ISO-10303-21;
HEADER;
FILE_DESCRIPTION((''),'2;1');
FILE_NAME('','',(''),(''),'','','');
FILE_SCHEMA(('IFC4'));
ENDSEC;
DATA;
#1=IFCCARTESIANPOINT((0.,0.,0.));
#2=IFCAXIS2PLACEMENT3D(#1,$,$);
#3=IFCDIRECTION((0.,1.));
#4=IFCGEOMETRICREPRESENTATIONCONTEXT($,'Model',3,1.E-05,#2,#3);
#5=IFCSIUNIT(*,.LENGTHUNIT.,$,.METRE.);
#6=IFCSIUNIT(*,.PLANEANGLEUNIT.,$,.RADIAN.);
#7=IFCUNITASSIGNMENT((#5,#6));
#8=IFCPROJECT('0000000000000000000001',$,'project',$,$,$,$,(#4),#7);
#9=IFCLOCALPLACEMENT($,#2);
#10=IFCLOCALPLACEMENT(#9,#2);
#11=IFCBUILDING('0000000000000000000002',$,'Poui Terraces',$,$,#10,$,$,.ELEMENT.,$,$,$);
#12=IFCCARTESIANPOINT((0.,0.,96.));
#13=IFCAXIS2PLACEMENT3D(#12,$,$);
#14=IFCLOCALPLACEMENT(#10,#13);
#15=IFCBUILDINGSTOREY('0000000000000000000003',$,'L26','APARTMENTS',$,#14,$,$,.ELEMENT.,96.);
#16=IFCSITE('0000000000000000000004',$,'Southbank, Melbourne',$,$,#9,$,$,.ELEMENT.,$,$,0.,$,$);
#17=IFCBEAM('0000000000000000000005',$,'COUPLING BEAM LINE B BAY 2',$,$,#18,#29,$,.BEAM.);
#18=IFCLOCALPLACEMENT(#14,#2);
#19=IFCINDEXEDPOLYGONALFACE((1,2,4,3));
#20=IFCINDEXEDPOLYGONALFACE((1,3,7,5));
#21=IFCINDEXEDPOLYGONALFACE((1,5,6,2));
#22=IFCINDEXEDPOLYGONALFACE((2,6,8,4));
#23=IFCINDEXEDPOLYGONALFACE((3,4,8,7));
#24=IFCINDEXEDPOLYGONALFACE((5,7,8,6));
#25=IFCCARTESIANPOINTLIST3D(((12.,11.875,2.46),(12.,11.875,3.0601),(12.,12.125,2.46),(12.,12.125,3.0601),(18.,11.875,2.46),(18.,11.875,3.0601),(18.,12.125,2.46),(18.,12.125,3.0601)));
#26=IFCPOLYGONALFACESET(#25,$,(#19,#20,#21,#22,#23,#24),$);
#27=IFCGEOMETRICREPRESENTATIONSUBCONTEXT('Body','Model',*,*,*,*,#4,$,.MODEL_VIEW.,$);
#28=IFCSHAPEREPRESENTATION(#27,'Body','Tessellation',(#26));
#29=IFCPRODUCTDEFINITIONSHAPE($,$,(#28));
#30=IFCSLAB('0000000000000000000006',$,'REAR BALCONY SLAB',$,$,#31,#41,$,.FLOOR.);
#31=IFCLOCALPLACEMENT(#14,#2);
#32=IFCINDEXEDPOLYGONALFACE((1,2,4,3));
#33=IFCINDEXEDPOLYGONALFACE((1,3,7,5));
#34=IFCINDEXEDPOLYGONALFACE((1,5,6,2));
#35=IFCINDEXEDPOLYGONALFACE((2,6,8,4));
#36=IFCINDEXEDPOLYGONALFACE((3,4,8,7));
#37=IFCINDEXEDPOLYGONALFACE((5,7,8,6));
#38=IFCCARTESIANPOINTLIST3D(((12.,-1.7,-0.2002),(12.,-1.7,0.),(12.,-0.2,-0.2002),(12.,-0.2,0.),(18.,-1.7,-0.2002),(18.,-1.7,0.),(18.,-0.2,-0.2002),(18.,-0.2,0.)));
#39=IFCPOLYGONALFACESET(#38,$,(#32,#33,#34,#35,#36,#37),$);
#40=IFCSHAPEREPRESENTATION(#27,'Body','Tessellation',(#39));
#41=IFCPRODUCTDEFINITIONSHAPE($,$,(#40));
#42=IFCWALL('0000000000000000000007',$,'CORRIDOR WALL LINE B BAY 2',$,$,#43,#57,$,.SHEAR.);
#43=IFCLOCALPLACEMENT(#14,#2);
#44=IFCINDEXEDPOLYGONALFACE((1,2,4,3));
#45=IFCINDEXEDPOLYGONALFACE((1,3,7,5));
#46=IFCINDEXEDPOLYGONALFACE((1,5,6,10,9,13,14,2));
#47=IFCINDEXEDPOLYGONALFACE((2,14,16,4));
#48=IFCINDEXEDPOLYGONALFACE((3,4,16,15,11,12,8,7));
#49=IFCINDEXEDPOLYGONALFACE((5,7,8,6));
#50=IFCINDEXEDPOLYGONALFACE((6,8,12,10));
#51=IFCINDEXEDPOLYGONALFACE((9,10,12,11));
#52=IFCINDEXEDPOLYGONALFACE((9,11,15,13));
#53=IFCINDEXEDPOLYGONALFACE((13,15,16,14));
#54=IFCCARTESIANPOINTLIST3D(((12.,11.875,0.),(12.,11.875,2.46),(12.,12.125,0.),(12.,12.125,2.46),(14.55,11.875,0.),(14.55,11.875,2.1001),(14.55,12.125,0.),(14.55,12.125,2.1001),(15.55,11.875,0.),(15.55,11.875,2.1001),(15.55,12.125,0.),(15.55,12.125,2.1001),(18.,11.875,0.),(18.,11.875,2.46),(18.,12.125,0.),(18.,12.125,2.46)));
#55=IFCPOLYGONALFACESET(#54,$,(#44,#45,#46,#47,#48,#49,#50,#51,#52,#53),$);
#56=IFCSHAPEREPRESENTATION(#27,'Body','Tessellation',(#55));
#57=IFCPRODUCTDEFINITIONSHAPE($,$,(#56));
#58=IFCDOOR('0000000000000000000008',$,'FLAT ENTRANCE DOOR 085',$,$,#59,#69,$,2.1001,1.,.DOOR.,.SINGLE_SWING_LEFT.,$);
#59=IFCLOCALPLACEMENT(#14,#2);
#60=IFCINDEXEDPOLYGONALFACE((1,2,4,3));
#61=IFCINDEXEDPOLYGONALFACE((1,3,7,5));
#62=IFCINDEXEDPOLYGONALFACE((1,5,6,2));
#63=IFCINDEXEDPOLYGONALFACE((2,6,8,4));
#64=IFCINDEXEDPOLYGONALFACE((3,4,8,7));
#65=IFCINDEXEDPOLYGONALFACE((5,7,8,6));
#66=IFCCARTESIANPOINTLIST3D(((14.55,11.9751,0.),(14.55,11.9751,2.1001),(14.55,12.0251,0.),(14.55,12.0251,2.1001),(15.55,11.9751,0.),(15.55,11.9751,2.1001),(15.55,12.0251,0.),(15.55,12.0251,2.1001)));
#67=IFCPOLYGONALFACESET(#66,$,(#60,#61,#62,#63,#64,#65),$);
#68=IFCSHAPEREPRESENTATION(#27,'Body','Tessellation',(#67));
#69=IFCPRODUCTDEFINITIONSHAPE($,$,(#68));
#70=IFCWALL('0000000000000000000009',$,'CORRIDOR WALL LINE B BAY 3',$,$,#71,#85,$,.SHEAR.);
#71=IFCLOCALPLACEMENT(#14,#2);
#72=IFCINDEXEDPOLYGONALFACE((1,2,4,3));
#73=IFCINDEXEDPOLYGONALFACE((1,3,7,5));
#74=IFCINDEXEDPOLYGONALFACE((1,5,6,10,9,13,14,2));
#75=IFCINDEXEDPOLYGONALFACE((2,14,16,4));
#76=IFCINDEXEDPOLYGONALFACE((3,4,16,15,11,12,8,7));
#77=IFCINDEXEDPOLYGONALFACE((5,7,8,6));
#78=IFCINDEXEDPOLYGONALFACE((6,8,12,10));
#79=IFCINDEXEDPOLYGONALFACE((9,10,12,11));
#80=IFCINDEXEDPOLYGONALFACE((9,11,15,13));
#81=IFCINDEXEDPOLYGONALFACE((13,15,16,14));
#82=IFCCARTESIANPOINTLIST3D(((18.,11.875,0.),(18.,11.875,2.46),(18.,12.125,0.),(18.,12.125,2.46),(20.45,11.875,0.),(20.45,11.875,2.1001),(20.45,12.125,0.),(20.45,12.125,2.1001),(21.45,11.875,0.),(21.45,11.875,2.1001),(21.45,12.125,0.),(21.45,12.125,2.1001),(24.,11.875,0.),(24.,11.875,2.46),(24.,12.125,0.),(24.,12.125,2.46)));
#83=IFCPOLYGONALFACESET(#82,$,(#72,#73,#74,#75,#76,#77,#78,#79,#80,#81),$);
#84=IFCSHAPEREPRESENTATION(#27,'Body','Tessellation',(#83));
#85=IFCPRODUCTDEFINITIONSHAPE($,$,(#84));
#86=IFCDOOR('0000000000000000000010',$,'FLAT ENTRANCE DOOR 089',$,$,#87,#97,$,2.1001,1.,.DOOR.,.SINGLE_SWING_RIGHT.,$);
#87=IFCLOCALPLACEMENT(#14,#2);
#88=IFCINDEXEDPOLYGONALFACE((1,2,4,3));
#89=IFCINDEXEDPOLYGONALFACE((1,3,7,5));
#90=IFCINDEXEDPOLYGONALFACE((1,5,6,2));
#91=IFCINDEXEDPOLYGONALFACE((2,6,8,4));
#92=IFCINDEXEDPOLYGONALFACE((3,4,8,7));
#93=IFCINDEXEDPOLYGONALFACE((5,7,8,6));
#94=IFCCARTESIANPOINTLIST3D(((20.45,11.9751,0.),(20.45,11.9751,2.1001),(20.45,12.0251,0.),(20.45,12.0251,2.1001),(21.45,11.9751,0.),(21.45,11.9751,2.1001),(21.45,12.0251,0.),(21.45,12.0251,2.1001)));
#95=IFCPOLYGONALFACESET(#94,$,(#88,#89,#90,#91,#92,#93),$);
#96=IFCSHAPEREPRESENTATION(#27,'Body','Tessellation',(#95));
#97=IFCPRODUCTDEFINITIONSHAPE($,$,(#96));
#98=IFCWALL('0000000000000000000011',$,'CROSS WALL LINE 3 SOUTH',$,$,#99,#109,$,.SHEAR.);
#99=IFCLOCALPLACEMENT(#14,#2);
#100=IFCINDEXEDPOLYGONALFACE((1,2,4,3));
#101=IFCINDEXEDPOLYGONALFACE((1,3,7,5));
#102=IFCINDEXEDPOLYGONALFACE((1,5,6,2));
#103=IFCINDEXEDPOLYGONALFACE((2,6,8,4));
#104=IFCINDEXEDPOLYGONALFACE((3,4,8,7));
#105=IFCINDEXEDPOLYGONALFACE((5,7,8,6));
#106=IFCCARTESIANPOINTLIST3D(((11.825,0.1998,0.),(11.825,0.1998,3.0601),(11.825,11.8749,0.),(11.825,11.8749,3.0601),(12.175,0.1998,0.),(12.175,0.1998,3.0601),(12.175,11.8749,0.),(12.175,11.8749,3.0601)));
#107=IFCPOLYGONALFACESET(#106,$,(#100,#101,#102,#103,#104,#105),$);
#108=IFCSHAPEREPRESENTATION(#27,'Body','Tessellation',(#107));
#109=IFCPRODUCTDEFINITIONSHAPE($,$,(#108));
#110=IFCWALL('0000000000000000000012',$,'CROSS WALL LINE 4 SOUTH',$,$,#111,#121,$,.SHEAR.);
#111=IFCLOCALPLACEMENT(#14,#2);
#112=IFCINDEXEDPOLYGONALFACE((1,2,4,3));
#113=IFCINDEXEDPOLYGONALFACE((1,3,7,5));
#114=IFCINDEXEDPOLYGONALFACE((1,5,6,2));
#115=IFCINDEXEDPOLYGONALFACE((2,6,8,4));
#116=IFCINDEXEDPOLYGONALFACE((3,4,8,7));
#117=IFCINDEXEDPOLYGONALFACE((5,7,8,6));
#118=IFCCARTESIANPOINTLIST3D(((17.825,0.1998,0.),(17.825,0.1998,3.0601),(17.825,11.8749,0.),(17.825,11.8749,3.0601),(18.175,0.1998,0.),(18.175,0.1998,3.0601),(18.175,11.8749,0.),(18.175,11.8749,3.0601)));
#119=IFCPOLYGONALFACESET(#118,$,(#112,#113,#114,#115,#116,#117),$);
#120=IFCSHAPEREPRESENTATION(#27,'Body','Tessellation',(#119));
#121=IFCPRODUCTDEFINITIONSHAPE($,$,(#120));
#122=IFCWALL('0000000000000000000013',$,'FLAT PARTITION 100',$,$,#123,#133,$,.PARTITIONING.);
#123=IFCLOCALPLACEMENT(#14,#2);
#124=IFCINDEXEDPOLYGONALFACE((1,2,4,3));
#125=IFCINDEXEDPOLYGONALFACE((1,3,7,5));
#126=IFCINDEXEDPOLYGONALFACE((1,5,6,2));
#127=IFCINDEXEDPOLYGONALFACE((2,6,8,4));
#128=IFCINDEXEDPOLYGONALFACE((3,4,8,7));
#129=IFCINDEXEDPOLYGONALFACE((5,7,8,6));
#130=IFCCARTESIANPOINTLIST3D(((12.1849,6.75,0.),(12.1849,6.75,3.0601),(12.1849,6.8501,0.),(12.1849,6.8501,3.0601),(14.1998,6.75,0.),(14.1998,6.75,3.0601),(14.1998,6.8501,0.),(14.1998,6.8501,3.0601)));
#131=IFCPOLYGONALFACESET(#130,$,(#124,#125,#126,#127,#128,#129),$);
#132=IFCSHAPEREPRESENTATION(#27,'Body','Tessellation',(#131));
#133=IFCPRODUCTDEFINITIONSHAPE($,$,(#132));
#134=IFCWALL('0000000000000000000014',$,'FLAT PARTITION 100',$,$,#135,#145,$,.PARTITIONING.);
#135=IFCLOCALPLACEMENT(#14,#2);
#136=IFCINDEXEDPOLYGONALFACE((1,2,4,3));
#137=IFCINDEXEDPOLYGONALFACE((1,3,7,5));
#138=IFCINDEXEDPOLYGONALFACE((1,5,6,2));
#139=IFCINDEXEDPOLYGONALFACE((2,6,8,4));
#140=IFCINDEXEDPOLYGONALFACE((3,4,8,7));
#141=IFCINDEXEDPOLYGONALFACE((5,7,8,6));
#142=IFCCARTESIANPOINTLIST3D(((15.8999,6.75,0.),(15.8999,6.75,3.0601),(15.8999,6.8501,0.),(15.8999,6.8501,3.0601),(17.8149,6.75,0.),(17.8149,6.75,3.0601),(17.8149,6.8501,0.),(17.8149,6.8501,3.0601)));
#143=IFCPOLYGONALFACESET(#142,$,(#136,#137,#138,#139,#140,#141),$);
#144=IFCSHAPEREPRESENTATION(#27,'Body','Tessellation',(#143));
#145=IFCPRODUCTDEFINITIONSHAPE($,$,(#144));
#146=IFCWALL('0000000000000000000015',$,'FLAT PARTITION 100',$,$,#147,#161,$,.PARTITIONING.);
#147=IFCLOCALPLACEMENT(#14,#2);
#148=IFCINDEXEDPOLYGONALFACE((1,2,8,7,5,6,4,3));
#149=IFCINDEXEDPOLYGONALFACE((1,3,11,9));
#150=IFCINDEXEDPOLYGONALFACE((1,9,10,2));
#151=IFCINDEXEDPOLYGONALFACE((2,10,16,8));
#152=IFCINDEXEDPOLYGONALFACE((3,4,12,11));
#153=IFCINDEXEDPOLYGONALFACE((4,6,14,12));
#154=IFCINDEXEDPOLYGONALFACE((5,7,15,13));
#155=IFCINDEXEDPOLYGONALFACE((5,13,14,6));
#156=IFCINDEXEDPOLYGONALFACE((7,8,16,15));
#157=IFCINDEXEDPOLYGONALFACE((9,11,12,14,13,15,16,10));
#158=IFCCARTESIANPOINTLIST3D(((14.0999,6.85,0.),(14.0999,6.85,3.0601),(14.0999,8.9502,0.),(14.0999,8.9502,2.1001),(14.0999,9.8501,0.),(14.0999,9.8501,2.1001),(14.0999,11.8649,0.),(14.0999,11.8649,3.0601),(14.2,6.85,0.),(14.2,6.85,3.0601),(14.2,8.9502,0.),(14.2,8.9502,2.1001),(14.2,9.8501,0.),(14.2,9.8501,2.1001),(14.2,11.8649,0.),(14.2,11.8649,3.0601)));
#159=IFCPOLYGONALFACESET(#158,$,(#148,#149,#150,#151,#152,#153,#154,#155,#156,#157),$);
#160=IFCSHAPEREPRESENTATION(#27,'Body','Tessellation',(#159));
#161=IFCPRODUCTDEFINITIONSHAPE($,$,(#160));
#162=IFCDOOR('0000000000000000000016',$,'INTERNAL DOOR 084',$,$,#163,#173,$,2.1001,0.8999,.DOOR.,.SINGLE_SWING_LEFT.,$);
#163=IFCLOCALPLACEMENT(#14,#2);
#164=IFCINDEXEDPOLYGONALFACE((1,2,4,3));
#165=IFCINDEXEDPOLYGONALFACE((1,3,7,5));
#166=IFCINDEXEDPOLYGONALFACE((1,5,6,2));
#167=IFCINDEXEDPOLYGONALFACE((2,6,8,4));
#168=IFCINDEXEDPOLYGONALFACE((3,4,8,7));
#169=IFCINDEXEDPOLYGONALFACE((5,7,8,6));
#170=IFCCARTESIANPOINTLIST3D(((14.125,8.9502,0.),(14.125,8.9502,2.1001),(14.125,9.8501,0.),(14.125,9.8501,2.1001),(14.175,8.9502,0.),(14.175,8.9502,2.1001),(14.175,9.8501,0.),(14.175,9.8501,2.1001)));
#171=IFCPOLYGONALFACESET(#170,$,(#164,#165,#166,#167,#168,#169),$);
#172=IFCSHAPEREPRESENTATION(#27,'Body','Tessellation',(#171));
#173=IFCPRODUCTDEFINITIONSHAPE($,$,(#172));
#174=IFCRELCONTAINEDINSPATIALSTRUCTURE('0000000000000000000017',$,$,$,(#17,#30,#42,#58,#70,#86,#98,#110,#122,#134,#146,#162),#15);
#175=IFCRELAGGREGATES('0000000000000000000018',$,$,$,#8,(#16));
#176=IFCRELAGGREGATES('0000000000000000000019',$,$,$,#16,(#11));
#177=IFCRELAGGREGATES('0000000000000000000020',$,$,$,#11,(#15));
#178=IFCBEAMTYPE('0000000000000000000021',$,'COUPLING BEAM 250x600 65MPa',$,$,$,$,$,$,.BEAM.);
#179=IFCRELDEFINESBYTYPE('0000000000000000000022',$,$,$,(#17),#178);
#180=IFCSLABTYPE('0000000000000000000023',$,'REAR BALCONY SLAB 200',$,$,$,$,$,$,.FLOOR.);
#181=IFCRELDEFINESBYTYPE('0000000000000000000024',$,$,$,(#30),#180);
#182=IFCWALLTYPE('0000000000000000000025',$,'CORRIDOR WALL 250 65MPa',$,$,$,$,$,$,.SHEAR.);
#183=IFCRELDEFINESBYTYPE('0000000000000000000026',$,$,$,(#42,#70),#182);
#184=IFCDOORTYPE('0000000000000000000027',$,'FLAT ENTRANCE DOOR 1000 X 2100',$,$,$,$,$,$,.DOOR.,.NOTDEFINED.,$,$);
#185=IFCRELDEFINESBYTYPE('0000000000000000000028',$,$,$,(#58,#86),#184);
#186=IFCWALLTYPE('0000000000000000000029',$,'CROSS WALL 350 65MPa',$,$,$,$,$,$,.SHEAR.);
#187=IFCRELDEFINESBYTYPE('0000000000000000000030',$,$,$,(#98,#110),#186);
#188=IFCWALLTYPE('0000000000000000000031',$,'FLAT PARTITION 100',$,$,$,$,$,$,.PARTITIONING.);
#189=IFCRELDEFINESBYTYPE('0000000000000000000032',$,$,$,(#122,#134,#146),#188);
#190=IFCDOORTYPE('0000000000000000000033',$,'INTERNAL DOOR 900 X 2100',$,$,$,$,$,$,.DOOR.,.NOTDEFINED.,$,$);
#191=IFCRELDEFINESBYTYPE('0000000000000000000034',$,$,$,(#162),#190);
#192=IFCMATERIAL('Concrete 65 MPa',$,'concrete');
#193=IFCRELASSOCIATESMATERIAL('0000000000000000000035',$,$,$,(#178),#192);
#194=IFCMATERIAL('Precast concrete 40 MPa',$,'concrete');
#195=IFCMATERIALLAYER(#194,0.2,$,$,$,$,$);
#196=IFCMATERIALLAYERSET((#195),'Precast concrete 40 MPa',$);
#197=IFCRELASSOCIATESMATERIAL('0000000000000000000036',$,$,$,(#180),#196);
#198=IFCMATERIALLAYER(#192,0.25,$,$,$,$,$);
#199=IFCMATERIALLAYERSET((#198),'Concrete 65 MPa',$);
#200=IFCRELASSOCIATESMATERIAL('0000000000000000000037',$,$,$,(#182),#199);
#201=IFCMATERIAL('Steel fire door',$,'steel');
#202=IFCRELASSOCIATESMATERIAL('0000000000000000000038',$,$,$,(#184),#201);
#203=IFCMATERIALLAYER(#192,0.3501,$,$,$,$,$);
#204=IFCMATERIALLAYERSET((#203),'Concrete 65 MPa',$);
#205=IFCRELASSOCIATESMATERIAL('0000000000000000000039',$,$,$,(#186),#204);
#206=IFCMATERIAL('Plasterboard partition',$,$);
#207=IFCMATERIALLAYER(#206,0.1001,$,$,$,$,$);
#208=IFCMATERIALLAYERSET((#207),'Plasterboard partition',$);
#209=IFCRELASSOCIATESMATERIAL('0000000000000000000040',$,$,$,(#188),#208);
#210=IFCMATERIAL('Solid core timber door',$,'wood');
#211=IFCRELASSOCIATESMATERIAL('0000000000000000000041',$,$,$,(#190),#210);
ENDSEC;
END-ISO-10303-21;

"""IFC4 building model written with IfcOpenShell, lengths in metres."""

from ifc_helpers import new_model, si_unit, direction, frame, frame_2d, origin, origin_2d, place, context, subcontext, project, spatial, polyline, rectangle, outline, extrude, source, transform, mapped, material, layer, layer_set, material_profile, profile_set, type_object, element, fill, save


model = new_model("IFC4")

# Units and contexts
model_context = context("Model", 3, precision=1e-05, world=origin(), true_north=direction((0.0, 1.0)))
body_context = subcontext(model_context, "Body", "Model", "MODEL_VIEW")
ifc_project = project(units=[si_unit("LENGTHUNIT", "METRE"), si_unit("PLANEANGLEUNIT", "RADIAN")], contexts=[model_context])

# Site, building, storey
site_placement = place(None, origin())
site = spatial("IfcSite", under=ifc_project, at=site_placement, Name="Southbank, Melbourne", CompositionType="ELEMENT", RefElevation=0.0)
building_placement = place(site_placement, origin())
building = spatial("IfcBuilding", under=site, at=building_placement, Name="Poui Terraces", CompositionType="ELEMENT")
storey_placement = place(building_placement, frame((0.0, 0.0, 96.0)))
storey = spatial("IfcBuildingStorey", under=building, at=storey_placement, Name="L26", Description="APARTMENTS", CompositionType="ELEMENT", Elevation=96.0)

# Beam
ifc_material_1 = material(Name="Concrete 65 MPa", Category="concrete")
ifc_material_profile_1 = material_profile(ifc_material_1, rectangle(XDim=0.25, YDim=0.6001, at=origin_2d()), Name="RC 250x600")
ifc_profile_set_1 = profile_set([ifc_material_profile_1], Name="Concrete 65 MPa")
beam_type = type_object("IfcBeamType", Name="COUPLING BEAM 250x600 65MPa", PredefinedType="BEAM", material=ifc_profile_set_1)
shared_shape_1 = source(origin(), body_context, "Body", "SweptSolid", [
    extrude(rectangle(XDim=0.25, YDim=0.6001, at=origin_2d()), origin(), (0.0, 0.0, 1.0), 6.0),
])
beam_placement = place(storey_placement, frame((12.0, 12.0, 2.76), z_axis=(1.0, 0.0, 0.0), x_axis=(0.0, 1.0, 0.0)))
element("IfcBeam", 1, at=beam_placement, inside=storey, type_object=beam_type, Name="COUPLING BEAM LINE B BAY 2", PredefinedType="BEAM", context=body_context, shape_type="MappedRepresentation", body=[
    mapped(shared_shape_1, transform((0.0, 0.0, 0.0))),
])

# Slab
ifc_material_2 = material(Name="Precast concrete 40 MPa", Category="concrete")
ifc_layer_1 = layer(ifc_material_2, 0.2)
ifc_layer_set_1 = layer_set([ifc_layer_1], Name="Precast concrete 40 MPa")
slab_type = type_object("IfcSlabType", Name="REAR BALCONY SLAB 200", PredefinedType="FLOOR", material=ifc_layer_set_1)
shared_shape_2 = source(origin(), body_context, "Body", "SweptSolid", [
    extrude(outline(polyline([(0.0, 0.0), (6.0, 0.0), (6.0, 1.5), (0.0, 1.5), (0.0, 0.0)])), origin(), (0.0, 0.0, 1.0), 0.2002),
])
slab_placement = place(storey_placement, frame((12.0, -1.7, -0.2002)))
element("IfcSlab", 2, at=slab_placement, inside=storey, type_object=slab_type, Name="REAR BALCONY SLAB", PredefinedType="FLOOR", context=body_context, shape_type="MappedRepresentation", body=[
    mapped(shared_shape_2, transform((0.0, 0.0, 0.0))),
])

# Walls, openings, doors
ifc_layer_2 = layer(ifc_material_1, 0.25)
ifc_layer_set_2 = layer_set([ifc_layer_2], Name="Concrete 65 MPa")
wall_type_1 = type_object("IfcWallType", Name="CORRIDOR WALL 250 65MPa", PredefinedType="SHEAR", material=ifc_layer_set_2)
wall_1_placement = place(storey_placement, frame((12.0, 12.0, 0.0), z_axis=(0.0, 0.0, 1.0), x_axis=(1.0, 0.0, 0.0)))
wall_1 = element("IfcWall", 3, at=wall_1_placement, inside=storey, type_object=wall_type_1, Name="CORRIDOR WALL LINE B BAY 2", PredefinedType="SHEAR", context=body_context, shape_type="SweptSolid", body=[
    extrude(rectangle(XDim=6.0, YDim=0.25, at=frame_2d((3.0, 0.0))), origin(), (0.0, 0.0, 1.0), 2.46),
])
opening_1_placement = place(wall_1_placement, frame((2.55, 0.0, 0.0)))
opening_1 = element("IfcOpeningElement", 4, at=opening_1_placement, cuts=wall_1, PredefinedType="OPENING", context=body_context, shape_type="SweptSolid", body=[
    extrude(rectangle(XDim=1.0, YDim=2.1001, at=frame_2d((0.5, 1.05))), frame((0.0, 0.135, 0.0), z_axis=(0.0, -1.0, 0.0), x_axis=(1.0, 0.0, 0.0)), (0.0, 0.0, 1.0), 0.27),
])
ifc_material_3 = material(Name="Steel fire door", Category="steel")
door_type_1 = type_object("IfcDoorType", Name="FLAT ENTRANCE DOOR 1000 X 2100", OperationType="NOTDEFINED", PredefinedType="DOOR", material=ifc_material_3)
door_1_placement = place(opening_1_placement, frame((1.0, 0.0, 0.0), z_axis=(0.0, 0.0, 1.0), x_axis=(-1.0, 0.0, 0.0)))
door_1 = element("IfcDoor", 5, at=door_1_placement, inside=storey, type_object=door_type_1, Name="FLAT ENTRANCE DOOR 085", OperationType="SINGLE_SWING_LEFT", OverallHeight=2.1001, OverallWidth=1.0, PredefinedType="DOOR", context=body_context, shape_type="SweptSolid", body=[
    extrude(rectangle(XDim=1.0, YDim=2.1001, at=frame_2d((0.5, 1.05))), frame((0.0, 0.0249, 0.0), z_axis=(0.0, -1.0, 0.0), x_axis=(1.0, 0.0, 0.0)), (0.0, 0.0, 1.0), 0.05),
])
fill(opening_1, door_1)
wall_2_placement = place(storey_placement, frame((18.0, 12.0, 0.0), z_axis=(0.0, 0.0, 1.0), x_axis=(1.0, 0.0, 0.0)))
wall_2 = element("IfcWall", 6, at=wall_2_placement, inside=storey, type_object=wall_type_1, Name="CORRIDOR WALL LINE B BAY 3", PredefinedType="SHEAR", context=body_context, shape_type="SweptSolid", body=[
    extrude(rectangle(XDim=6.0, YDim=0.25, at=frame_2d((3.0, 0.0))), origin(), (0.0, 0.0, 1.0), 2.46),
])
opening_2_placement = place(wall_2_placement, frame((2.45, 0.0, 0.0)))
opening_2 = element("IfcOpeningElement", 7, at=opening_2_placement, cuts=wall_2, PredefinedType="OPENING", context=body_context, shape_type="SweptSolid", body=[
    extrude(rectangle(XDim=1.0, YDim=2.1001, at=frame_2d((0.5, 1.05))), frame((0.0, 0.135, 0.0), z_axis=(0.0, -1.0, 0.0), x_axis=(1.0, 0.0, 0.0)), (0.0, 0.0, 1.0), 0.27),
])
door_2_placement = place(opening_2_placement, frame((1.0, 0.0, 0.0), z_axis=(0.0, 0.0, 1.0), x_axis=(-1.0, 0.0, 0.0)))
door_2 = element("IfcDoor", 8, at=door_2_placement, inside=storey, type_object=door_type_1, Name="FLAT ENTRANCE DOOR 089", OperationType="SINGLE_SWING_RIGHT", OverallHeight=2.1001, OverallWidth=1.0, PredefinedType="DOOR", context=body_context, shape_type="SweptSolid", body=[
    extrude(rectangle(XDim=1.0, YDim=2.1001, at=frame_2d((0.5, 1.05))), frame((0.0, 0.0249, 0.0), z_axis=(0.0, -1.0, 0.0), x_axis=(1.0, 0.0, 0.0)), (0.0, 0.0, 1.0), 0.05),
])
fill(opening_2, door_2)

# Walls
ifc_layer_3 = layer(ifc_material_1, 0.3501)
ifc_layer_set_3 = layer_set([ifc_layer_3], Name="Concrete 65 MPa")
wall_type_2 = type_object("IfcWallType", Name="CROSS WALL 350 65MPa", PredefinedType="SHEAR", material=ifc_layer_set_3)
for number, where, z_axis, x_axis, name in (
    (9, (12.0, 0.2, 0.0), (0.0, 0.0, 1.0), (0.0, 1.0, 0.0), "CROSS WALL LINE 3 SOUTH"),
    (10, (18.0, 0.2, 0.0), (0.0, 0.0, 1.0), (0.0, 1.0, 0.0), "CROSS WALL LINE 4 SOUTH"),
):
    element("IfcWall", number, at=place(storey_placement, frame(where, z_axis=z_axis, x_axis=x_axis)), inside=storey, type_object=wall_type_2, Name=name, PredefinedType="SHEAR", context=body_context, shape_type="SweptSolid", body=[
        extrude(rectangle(XDim=11.675, YDim=0.3501, at=frame_2d((5.8374, 0.0))), origin(), (0.0, 0.0, 1.0), 3.0601),
    ])
ifc_material_4 = material(Name="Plasterboard partition")
ifc_layer_4 = layer(ifc_material_4, 0.1001)
ifc_layer_set_4 = layer_set([ifc_layer_4], Name="Plasterboard partition")
wall_type_3 = type_object("IfcWallType", Name="FLAT PARTITION 100", PredefinedType="PARTITIONING", material=ifc_layer_set_4)
wall_3_placement = place(storey_placement, frame((12.1851, 6.8, 0.0), z_axis=(0.0, 0.0, 1.0), x_axis=(1.0, 0.0, 0.0)))
element("IfcWall", 11, at=wall_3_placement, inside=storey, type_object=wall_type_3, Name="FLAT PARTITION 100", PredefinedType="PARTITIONING", context=body_context, shape_type="SweptSolid", body=[
    extrude(rectangle(XDim=2.0149, YDim=0.1001, at=frame_2d((1.0073, 0.0))), origin(), (0.0, 0.0, 1.0), 3.0601),
])
wall_4_placement = place(storey_placement, frame((15.8999, 6.8, 0.0), z_axis=(0.0, 0.0, 1.0), x_axis=(1.0, 0.0, 0.0)))
element("IfcWall", 12, at=wall_4_placement, inside=storey, type_object=wall_type_3, Name="FLAT PARTITION 100", PredefinedType="PARTITIONING", context=body_context, shape_type="SweptSolid", body=[
    extrude(rectangle(XDim=1.915, YDim=0.1001, at=frame_2d((0.9575, 0.0))), origin(), (0.0, 0.0, 1.0), 3.0601),
])

# Wall, opening, door
wall_5_placement = place(storey_placement, frame((14.1499, 6.8501, 0.0), z_axis=(0.0, 0.0, 1.0), x_axis=(0.0, 1.0, 0.0)))
wall_5 = element("IfcWall", 13, at=wall_5_placement, inside=storey, type_object=wall_type_3, Name="FLAT PARTITION 100", PredefinedType="PARTITIONING", context=body_context, shape_type="SweptSolid", body=[
    extrude(rectangle(XDim=5.0149, YDim=0.1001, at=frame_2d((2.5073, 0.0))), origin(), (0.0, 0.0, 1.0), 3.0601),
])
opening_3_placement = place(wall_5_placement, frame((2.1001, 0.0, 0.0)))
opening_3 = element("IfcOpeningElement", 14, at=opening_3_placement, cuts=wall_5, PredefinedType="OPENING", context=body_context, shape_type="SweptSolid", body=[
    extrude(rectangle(XDim=0.8999, YDim=2.1001, at=frame_2d((0.45, 1.05))), frame((0.0, 0.0601, 0.0), z_axis=(0.0, -1.0, 0.0), x_axis=(1.0, 0.0, 0.0)), (0.0, 0.0, 1.0), 0.1201),
])
ifc_material_5 = material(Name="Solid core timber door", Category="wood")
door_type_2 = type_object("IfcDoorType", Name="INTERNAL DOOR 900 X 2100", OperationType="NOTDEFINED", PredefinedType="DOOR", material=ifc_material_5)
door_3_placement = place(opening_3_placement, origin())
door_3 = element("IfcDoor", 15, at=door_3_placement, inside=storey, type_object=door_type_2, Name="INTERNAL DOOR 084", OperationType="SINGLE_SWING_LEFT", OverallHeight=2.1001, OverallWidth=0.8999, PredefinedType="DOOR", context=body_context, shape_type="SweptSolid", body=[
    extrude(rectangle(XDim=0.8999, YDim=2.1001, at=frame_2d((0.45, 1.05))), frame((0.0, 0.0249, 0.0), z_axis=(0.0, -1.0, 0.0), x_axis=(1.0, 0.0, 0.0)), (0.0, 0.0, 1.0), 0.05),
])
fill(opening_3, door_3)

save(model, "model.ifc")
